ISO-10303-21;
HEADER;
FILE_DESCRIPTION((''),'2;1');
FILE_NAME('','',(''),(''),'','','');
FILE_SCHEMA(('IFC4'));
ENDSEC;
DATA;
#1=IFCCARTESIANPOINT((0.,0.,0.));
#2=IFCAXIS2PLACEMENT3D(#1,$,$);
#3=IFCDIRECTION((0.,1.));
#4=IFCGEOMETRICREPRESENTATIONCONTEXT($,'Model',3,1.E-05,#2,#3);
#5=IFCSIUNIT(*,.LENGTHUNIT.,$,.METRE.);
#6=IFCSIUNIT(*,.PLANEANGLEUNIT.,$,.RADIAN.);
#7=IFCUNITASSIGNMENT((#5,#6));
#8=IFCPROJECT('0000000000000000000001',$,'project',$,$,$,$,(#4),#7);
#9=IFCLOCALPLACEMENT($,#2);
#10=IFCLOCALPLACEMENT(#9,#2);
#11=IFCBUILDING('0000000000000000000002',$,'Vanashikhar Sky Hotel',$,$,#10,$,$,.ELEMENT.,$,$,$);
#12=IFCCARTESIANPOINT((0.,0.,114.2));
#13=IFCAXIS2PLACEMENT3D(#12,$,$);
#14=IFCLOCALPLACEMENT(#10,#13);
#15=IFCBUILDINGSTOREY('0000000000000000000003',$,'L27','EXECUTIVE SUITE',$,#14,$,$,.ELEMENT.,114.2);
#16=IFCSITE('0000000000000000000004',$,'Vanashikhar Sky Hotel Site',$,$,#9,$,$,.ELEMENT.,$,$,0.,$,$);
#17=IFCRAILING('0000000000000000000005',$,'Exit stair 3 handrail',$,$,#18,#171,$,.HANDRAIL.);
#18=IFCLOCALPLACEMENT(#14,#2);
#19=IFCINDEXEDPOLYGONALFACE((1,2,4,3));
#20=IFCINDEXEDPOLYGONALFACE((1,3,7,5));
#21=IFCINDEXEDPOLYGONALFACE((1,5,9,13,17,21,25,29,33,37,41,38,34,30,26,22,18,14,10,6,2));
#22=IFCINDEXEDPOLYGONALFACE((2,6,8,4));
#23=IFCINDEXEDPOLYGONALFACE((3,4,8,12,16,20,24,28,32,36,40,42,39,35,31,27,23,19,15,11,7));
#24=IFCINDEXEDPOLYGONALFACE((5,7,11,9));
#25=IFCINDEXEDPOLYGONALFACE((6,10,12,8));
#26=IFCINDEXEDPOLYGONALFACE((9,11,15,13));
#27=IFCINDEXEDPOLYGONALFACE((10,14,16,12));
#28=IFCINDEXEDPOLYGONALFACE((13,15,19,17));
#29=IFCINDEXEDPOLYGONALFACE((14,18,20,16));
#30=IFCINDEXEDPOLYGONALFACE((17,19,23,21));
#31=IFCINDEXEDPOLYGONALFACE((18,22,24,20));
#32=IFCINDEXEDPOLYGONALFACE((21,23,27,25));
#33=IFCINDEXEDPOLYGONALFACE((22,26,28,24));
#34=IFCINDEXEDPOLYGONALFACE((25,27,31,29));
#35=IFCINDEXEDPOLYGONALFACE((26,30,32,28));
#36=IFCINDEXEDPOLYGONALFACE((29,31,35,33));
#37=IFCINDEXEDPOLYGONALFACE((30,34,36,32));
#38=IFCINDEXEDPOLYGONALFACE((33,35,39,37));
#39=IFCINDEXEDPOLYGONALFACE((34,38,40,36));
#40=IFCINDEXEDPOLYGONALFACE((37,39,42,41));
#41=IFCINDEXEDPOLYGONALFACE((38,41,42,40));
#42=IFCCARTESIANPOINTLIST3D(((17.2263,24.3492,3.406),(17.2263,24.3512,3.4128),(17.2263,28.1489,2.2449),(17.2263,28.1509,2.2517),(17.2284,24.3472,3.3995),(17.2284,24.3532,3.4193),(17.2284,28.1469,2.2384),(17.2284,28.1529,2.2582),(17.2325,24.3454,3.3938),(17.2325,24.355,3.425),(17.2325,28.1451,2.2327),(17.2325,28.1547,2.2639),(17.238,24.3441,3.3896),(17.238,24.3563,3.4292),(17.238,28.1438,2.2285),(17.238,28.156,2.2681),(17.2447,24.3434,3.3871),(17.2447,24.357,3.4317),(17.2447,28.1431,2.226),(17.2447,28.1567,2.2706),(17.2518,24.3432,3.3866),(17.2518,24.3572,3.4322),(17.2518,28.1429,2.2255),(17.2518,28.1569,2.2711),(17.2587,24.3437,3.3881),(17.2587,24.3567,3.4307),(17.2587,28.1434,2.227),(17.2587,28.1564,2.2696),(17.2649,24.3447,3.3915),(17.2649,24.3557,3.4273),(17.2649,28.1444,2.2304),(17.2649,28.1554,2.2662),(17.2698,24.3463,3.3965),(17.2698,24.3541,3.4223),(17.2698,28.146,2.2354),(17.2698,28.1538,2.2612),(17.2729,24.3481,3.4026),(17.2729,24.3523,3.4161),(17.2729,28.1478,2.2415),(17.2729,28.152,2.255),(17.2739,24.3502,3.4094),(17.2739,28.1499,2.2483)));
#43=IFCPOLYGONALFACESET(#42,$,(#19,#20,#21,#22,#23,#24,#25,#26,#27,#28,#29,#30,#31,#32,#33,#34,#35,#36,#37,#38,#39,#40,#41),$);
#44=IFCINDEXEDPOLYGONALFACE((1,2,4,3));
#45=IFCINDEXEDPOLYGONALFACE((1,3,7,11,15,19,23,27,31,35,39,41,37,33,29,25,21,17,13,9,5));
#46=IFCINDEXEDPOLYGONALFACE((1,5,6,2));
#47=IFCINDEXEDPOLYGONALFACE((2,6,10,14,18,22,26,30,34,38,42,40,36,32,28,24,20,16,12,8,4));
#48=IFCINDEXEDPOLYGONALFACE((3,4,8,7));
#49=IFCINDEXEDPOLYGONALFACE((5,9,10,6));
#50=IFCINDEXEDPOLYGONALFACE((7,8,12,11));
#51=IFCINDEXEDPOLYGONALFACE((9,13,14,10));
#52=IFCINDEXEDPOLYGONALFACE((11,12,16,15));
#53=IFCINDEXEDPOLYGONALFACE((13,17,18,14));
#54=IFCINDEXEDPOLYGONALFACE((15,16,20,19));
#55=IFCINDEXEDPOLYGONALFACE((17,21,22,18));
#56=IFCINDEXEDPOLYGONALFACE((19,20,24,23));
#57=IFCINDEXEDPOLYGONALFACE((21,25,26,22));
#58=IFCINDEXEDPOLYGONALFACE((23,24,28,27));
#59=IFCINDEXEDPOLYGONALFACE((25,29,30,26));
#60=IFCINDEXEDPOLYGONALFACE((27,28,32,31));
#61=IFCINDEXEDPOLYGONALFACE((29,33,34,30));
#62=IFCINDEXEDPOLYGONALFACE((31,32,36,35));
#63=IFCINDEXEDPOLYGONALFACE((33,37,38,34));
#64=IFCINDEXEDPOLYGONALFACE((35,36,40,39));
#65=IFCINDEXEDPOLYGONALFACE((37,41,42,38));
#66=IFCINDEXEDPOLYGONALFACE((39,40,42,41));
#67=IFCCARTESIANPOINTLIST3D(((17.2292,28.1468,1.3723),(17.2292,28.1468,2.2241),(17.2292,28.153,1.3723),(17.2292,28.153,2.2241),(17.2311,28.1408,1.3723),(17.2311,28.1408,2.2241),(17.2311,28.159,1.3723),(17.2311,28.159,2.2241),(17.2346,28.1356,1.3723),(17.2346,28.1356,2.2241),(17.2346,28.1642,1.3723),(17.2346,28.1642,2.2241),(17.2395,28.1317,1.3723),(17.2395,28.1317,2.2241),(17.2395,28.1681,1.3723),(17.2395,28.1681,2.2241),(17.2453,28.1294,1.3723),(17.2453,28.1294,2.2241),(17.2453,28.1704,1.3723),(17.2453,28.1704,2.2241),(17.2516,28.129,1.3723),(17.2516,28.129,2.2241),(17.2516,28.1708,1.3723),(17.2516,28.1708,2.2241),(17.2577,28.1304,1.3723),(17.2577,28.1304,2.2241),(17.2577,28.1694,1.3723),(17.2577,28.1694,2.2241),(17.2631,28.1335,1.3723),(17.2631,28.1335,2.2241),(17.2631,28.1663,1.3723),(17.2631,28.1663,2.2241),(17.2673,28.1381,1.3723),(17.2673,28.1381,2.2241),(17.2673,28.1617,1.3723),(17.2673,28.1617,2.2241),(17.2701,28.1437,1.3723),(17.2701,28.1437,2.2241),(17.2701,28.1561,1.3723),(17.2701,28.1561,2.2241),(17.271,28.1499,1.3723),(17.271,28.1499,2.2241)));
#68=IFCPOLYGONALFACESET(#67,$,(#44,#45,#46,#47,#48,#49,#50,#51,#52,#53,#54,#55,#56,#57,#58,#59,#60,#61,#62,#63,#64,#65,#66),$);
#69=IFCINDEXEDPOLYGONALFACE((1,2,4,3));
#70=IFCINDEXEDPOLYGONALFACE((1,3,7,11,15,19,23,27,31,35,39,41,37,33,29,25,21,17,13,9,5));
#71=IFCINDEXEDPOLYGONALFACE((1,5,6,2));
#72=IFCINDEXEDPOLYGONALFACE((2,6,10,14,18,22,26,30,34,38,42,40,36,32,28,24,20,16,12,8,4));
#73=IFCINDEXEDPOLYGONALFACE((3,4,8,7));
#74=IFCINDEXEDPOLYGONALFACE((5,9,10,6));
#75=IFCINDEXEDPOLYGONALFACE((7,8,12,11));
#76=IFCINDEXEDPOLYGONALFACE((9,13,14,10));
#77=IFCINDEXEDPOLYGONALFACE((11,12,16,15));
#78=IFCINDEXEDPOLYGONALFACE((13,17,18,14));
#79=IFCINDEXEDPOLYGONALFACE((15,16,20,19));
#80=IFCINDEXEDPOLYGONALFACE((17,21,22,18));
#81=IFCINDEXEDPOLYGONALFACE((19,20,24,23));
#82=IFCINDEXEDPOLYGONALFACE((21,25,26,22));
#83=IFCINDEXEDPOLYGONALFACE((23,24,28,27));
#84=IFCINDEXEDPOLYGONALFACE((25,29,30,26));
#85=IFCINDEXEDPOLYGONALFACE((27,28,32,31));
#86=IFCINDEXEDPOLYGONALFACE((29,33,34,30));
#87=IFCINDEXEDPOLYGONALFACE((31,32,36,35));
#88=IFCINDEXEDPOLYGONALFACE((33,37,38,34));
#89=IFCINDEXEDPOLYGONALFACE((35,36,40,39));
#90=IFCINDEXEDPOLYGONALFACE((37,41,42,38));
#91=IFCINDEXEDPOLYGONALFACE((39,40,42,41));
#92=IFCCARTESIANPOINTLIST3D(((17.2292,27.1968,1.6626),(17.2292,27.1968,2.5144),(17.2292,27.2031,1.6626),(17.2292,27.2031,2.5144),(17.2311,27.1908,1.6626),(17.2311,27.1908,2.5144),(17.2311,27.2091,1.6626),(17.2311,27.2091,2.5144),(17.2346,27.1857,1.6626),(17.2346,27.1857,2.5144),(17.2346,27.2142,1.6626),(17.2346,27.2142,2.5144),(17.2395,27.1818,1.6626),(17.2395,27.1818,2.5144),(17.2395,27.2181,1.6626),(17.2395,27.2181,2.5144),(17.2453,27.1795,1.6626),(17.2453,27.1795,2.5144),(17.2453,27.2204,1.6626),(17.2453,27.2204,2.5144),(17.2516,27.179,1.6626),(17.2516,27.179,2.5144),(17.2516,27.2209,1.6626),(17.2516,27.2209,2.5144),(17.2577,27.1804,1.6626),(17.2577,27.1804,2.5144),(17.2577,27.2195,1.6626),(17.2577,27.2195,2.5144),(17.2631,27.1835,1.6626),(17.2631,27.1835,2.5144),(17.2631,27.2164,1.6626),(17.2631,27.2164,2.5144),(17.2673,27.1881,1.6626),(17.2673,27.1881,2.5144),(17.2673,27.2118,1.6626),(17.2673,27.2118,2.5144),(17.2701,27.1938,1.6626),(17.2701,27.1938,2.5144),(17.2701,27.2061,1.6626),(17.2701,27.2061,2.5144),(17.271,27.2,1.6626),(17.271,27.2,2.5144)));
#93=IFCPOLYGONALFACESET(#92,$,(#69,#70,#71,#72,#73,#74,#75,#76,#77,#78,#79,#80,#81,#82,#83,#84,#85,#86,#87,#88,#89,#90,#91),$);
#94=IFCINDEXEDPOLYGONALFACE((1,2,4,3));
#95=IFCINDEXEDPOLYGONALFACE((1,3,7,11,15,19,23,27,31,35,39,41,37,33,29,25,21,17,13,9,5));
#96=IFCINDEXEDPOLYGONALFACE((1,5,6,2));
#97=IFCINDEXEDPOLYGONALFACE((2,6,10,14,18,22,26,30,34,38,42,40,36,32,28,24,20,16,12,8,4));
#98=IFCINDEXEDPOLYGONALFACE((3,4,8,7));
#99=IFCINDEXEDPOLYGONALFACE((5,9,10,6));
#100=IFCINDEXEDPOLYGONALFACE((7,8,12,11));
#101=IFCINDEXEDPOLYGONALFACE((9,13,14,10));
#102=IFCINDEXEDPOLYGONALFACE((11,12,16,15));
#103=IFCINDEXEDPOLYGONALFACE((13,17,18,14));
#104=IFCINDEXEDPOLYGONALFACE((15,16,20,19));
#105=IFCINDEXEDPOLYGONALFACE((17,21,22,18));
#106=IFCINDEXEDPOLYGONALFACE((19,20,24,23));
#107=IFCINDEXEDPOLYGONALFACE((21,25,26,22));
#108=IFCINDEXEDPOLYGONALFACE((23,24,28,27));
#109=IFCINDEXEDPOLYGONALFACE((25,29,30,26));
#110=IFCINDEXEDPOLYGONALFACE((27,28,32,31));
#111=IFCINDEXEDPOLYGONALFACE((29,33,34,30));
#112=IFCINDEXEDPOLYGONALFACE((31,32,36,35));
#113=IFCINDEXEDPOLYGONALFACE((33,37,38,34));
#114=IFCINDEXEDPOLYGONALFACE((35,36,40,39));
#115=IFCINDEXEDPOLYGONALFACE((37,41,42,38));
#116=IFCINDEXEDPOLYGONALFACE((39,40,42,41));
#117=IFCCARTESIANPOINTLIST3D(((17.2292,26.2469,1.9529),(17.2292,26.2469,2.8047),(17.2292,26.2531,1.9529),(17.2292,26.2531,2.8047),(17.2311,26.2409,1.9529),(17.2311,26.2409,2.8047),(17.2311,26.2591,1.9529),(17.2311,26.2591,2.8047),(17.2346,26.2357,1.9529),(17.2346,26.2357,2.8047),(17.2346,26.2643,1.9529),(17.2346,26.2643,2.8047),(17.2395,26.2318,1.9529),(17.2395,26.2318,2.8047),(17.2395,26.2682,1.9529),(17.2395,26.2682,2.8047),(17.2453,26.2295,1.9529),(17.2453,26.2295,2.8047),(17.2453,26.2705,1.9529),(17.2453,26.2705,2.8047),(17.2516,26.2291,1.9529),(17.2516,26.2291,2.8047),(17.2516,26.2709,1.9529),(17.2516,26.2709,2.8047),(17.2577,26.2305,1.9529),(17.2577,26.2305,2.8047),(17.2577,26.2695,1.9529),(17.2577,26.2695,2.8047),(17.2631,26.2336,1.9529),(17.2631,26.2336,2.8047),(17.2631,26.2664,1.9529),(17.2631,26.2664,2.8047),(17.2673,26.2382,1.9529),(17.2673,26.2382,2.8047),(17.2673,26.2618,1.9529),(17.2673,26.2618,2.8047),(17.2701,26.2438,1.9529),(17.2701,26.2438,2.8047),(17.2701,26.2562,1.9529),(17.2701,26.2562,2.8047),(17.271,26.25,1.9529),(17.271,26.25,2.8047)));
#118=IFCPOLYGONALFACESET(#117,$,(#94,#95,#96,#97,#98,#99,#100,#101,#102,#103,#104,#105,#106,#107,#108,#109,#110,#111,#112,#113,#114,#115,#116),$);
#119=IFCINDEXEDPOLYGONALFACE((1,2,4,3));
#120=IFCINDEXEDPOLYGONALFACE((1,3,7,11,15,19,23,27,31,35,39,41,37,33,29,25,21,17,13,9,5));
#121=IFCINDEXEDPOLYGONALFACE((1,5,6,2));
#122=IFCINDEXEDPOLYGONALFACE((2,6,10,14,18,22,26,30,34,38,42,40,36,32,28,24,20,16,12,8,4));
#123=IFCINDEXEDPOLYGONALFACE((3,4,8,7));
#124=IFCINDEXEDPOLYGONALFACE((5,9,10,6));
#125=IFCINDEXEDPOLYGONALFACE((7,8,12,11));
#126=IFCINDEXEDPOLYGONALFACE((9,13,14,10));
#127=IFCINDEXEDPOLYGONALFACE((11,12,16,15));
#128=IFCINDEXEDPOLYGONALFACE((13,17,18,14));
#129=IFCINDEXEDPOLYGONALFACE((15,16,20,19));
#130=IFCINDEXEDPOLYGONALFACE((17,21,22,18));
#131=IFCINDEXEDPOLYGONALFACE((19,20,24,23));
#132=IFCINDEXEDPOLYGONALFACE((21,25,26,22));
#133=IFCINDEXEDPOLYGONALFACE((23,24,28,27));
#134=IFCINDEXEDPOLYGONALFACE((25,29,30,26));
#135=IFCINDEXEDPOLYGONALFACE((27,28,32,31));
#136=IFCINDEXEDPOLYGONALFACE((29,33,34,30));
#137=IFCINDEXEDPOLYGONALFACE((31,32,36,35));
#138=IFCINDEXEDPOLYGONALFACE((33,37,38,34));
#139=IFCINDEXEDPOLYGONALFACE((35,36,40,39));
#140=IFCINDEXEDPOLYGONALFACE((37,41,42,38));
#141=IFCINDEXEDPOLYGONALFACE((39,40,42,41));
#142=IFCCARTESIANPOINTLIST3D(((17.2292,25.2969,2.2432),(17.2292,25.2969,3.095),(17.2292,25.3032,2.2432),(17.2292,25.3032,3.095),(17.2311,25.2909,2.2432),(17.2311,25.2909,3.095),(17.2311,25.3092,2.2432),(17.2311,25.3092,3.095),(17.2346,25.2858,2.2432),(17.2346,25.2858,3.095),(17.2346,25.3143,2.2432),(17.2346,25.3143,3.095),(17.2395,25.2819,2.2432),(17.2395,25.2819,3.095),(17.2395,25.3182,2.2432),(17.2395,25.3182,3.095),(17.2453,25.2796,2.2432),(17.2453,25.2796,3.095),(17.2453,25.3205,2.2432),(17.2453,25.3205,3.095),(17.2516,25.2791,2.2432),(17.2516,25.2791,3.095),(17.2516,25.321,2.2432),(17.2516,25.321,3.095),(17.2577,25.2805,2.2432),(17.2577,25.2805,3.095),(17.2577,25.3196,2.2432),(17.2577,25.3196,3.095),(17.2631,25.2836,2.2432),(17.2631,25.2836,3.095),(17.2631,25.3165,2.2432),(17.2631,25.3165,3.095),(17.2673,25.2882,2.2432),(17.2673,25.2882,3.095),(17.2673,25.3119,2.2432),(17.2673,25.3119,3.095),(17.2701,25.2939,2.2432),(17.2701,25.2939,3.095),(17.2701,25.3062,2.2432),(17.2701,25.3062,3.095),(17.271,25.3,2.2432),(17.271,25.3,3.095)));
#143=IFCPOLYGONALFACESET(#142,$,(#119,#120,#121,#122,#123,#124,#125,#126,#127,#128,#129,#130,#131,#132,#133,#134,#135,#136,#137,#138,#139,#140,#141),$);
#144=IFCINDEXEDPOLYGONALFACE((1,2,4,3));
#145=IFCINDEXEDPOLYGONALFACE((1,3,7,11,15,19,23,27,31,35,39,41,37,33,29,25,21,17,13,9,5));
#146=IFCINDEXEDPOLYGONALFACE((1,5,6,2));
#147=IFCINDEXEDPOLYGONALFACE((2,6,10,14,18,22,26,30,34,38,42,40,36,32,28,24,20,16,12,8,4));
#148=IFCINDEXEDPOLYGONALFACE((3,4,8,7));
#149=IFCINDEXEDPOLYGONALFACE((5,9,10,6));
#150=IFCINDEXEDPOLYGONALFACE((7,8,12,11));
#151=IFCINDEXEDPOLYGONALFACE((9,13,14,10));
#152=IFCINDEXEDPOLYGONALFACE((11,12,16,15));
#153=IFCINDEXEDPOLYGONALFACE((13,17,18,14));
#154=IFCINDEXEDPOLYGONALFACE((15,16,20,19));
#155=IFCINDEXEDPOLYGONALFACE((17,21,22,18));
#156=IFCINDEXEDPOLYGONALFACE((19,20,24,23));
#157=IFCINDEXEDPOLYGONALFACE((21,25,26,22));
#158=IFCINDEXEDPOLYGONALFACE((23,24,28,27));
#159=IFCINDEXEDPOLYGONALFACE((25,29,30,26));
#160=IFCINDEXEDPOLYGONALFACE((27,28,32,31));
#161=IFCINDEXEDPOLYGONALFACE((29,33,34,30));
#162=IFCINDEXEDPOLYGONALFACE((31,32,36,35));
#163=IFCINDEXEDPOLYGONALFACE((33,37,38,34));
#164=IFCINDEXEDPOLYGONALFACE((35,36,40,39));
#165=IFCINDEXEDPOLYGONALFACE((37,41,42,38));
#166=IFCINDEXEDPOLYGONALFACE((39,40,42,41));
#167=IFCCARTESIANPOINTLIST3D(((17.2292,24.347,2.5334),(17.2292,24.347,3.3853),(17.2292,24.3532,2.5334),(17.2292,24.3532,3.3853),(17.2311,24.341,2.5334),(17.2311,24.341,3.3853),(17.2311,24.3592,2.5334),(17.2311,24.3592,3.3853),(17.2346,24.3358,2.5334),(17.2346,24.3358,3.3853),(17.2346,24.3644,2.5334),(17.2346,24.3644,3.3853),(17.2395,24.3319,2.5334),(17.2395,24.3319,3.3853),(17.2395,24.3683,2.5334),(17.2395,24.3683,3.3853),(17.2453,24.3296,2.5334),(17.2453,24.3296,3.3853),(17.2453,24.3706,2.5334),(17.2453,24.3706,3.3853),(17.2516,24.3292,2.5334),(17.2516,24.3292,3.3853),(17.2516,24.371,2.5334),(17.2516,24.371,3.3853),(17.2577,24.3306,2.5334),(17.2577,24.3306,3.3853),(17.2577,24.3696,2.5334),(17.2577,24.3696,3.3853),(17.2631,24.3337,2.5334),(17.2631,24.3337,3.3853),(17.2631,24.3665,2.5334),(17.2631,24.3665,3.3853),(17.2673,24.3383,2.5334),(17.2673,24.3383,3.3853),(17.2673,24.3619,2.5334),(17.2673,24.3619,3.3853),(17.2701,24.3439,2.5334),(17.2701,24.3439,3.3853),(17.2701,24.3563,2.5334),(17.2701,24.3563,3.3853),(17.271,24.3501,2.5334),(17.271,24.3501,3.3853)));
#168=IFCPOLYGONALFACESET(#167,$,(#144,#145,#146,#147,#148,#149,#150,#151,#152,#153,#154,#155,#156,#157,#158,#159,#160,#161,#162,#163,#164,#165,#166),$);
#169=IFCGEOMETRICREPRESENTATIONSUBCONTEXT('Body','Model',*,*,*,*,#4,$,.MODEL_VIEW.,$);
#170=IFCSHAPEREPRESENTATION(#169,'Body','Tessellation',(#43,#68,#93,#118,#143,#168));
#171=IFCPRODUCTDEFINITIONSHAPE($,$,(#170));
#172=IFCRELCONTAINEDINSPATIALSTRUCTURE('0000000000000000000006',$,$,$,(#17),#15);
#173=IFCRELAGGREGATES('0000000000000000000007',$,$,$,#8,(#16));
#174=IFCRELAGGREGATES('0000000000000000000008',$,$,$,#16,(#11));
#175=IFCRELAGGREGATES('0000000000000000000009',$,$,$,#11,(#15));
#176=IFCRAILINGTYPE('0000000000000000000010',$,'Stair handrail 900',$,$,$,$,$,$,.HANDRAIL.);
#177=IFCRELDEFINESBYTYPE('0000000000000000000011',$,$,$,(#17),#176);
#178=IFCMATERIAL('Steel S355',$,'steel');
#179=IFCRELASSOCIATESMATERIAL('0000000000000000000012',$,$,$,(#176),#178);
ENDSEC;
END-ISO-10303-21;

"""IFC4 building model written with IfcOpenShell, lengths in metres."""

from ifc_helpers import new_model, si_unit, direction, frame, origin, origin_2d, place, context, subcontext, project, spatial, circle, extrude, source, transform, mapped, material, type_object, element, save


model = new_model("IFC4")

# Units and contexts
model_context = context("Model", 3, precision=1e-05, world=origin(), true_north=direction((0.0, 1.0)))
body_context = subcontext(model_context, "Body", "Model", "MODEL_VIEW")
ifc_project = project(units=[si_unit("LENGTHUNIT", "METRE"), si_unit("PLANEANGLEUNIT", "RADIAN")], contexts=[model_context])

# Site, building, storey
site_placement = place(None, origin())
site = spatial("IfcSite", under=ifc_project, at=site_placement, Name="Vanashikhar Sky Hotel Site", CompositionType="ELEMENT", RefElevation=0.0)
building_placement = place(site_placement, origin())
building = spatial("IfcBuilding", under=site, at=building_placement, Name="Vanashikhar Sky Hotel", CompositionType="ELEMENT")
storey_placement = place(building_placement, frame((0.0, 0.0, 114.2)))
storey = spatial("IfcBuildingStorey", under=building, at=storey_placement, Name="L27", Description="EXECUTIVE SUITE", CompositionType="ELEMENT", Elevation=114.2)

# Railing
ifc_material_1 = material(Name="Steel S355", Category="steel")
railing_type_1 = type_object("IfcRailingType", Name="Stair handrail 900", PredefinedType="HANDRAIL", material=ifc_material_1)
shared_shape_1 = source(origin(), body_context, "Body", "SweptSolid", [
    extrude(circle(Radius=0.0239, at=origin_2d()), frame((0.0, 0.0, 0.876), z_axis=(0.0, -0.956346, 0.292237), x_axis=(1.0, 0.0, 0.0)), (0.0, 0.0, 1.0), 3.9731),
    extrude(circle(Radius=0.021, at=origin_2d()), origin(), (0.0, 0.0, 1.0), 0.8518),
    extrude(circle(Radius=0.021, at=origin_2d()), frame((0.0, -0.95, 0.2903)), (0.0, 0.0, 1.0), 0.8518),
    extrude(circle(Radius=0.021, at=origin_2d()), frame((0.0, -1.8999, 0.5806)), (0.0, 0.0, 1.0), 0.8518),
    extrude(circle(Radius=0.021, at=origin_2d()), frame((0.0, -2.8499, 0.8708)), (0.0, 0.0, 1.0), 0.8518),
    extrude(circle(Radius=0.021, at=origin_2d()), frame((0.0, -3.7998, 1.1611)), (0.0, 0.0, 1.0), 0.8518),
])
railing_1_placement = place(storey_placement, frame((17.25, 28.1499, 1.3723)))
element("IfcRailing", 1, at=railing_1_placement, inside=storey, type_object=railing_type_1, Name="Exit stair 3 handrail", PredefinedType="HANDRAIL", context=body_context, shape_type="MappedRepresentation", body=[
    mapped(shared_shape_1, transform((0.0, 0.0, 0.0), scale=1.0)),
])

save(model, "model.ifc")
